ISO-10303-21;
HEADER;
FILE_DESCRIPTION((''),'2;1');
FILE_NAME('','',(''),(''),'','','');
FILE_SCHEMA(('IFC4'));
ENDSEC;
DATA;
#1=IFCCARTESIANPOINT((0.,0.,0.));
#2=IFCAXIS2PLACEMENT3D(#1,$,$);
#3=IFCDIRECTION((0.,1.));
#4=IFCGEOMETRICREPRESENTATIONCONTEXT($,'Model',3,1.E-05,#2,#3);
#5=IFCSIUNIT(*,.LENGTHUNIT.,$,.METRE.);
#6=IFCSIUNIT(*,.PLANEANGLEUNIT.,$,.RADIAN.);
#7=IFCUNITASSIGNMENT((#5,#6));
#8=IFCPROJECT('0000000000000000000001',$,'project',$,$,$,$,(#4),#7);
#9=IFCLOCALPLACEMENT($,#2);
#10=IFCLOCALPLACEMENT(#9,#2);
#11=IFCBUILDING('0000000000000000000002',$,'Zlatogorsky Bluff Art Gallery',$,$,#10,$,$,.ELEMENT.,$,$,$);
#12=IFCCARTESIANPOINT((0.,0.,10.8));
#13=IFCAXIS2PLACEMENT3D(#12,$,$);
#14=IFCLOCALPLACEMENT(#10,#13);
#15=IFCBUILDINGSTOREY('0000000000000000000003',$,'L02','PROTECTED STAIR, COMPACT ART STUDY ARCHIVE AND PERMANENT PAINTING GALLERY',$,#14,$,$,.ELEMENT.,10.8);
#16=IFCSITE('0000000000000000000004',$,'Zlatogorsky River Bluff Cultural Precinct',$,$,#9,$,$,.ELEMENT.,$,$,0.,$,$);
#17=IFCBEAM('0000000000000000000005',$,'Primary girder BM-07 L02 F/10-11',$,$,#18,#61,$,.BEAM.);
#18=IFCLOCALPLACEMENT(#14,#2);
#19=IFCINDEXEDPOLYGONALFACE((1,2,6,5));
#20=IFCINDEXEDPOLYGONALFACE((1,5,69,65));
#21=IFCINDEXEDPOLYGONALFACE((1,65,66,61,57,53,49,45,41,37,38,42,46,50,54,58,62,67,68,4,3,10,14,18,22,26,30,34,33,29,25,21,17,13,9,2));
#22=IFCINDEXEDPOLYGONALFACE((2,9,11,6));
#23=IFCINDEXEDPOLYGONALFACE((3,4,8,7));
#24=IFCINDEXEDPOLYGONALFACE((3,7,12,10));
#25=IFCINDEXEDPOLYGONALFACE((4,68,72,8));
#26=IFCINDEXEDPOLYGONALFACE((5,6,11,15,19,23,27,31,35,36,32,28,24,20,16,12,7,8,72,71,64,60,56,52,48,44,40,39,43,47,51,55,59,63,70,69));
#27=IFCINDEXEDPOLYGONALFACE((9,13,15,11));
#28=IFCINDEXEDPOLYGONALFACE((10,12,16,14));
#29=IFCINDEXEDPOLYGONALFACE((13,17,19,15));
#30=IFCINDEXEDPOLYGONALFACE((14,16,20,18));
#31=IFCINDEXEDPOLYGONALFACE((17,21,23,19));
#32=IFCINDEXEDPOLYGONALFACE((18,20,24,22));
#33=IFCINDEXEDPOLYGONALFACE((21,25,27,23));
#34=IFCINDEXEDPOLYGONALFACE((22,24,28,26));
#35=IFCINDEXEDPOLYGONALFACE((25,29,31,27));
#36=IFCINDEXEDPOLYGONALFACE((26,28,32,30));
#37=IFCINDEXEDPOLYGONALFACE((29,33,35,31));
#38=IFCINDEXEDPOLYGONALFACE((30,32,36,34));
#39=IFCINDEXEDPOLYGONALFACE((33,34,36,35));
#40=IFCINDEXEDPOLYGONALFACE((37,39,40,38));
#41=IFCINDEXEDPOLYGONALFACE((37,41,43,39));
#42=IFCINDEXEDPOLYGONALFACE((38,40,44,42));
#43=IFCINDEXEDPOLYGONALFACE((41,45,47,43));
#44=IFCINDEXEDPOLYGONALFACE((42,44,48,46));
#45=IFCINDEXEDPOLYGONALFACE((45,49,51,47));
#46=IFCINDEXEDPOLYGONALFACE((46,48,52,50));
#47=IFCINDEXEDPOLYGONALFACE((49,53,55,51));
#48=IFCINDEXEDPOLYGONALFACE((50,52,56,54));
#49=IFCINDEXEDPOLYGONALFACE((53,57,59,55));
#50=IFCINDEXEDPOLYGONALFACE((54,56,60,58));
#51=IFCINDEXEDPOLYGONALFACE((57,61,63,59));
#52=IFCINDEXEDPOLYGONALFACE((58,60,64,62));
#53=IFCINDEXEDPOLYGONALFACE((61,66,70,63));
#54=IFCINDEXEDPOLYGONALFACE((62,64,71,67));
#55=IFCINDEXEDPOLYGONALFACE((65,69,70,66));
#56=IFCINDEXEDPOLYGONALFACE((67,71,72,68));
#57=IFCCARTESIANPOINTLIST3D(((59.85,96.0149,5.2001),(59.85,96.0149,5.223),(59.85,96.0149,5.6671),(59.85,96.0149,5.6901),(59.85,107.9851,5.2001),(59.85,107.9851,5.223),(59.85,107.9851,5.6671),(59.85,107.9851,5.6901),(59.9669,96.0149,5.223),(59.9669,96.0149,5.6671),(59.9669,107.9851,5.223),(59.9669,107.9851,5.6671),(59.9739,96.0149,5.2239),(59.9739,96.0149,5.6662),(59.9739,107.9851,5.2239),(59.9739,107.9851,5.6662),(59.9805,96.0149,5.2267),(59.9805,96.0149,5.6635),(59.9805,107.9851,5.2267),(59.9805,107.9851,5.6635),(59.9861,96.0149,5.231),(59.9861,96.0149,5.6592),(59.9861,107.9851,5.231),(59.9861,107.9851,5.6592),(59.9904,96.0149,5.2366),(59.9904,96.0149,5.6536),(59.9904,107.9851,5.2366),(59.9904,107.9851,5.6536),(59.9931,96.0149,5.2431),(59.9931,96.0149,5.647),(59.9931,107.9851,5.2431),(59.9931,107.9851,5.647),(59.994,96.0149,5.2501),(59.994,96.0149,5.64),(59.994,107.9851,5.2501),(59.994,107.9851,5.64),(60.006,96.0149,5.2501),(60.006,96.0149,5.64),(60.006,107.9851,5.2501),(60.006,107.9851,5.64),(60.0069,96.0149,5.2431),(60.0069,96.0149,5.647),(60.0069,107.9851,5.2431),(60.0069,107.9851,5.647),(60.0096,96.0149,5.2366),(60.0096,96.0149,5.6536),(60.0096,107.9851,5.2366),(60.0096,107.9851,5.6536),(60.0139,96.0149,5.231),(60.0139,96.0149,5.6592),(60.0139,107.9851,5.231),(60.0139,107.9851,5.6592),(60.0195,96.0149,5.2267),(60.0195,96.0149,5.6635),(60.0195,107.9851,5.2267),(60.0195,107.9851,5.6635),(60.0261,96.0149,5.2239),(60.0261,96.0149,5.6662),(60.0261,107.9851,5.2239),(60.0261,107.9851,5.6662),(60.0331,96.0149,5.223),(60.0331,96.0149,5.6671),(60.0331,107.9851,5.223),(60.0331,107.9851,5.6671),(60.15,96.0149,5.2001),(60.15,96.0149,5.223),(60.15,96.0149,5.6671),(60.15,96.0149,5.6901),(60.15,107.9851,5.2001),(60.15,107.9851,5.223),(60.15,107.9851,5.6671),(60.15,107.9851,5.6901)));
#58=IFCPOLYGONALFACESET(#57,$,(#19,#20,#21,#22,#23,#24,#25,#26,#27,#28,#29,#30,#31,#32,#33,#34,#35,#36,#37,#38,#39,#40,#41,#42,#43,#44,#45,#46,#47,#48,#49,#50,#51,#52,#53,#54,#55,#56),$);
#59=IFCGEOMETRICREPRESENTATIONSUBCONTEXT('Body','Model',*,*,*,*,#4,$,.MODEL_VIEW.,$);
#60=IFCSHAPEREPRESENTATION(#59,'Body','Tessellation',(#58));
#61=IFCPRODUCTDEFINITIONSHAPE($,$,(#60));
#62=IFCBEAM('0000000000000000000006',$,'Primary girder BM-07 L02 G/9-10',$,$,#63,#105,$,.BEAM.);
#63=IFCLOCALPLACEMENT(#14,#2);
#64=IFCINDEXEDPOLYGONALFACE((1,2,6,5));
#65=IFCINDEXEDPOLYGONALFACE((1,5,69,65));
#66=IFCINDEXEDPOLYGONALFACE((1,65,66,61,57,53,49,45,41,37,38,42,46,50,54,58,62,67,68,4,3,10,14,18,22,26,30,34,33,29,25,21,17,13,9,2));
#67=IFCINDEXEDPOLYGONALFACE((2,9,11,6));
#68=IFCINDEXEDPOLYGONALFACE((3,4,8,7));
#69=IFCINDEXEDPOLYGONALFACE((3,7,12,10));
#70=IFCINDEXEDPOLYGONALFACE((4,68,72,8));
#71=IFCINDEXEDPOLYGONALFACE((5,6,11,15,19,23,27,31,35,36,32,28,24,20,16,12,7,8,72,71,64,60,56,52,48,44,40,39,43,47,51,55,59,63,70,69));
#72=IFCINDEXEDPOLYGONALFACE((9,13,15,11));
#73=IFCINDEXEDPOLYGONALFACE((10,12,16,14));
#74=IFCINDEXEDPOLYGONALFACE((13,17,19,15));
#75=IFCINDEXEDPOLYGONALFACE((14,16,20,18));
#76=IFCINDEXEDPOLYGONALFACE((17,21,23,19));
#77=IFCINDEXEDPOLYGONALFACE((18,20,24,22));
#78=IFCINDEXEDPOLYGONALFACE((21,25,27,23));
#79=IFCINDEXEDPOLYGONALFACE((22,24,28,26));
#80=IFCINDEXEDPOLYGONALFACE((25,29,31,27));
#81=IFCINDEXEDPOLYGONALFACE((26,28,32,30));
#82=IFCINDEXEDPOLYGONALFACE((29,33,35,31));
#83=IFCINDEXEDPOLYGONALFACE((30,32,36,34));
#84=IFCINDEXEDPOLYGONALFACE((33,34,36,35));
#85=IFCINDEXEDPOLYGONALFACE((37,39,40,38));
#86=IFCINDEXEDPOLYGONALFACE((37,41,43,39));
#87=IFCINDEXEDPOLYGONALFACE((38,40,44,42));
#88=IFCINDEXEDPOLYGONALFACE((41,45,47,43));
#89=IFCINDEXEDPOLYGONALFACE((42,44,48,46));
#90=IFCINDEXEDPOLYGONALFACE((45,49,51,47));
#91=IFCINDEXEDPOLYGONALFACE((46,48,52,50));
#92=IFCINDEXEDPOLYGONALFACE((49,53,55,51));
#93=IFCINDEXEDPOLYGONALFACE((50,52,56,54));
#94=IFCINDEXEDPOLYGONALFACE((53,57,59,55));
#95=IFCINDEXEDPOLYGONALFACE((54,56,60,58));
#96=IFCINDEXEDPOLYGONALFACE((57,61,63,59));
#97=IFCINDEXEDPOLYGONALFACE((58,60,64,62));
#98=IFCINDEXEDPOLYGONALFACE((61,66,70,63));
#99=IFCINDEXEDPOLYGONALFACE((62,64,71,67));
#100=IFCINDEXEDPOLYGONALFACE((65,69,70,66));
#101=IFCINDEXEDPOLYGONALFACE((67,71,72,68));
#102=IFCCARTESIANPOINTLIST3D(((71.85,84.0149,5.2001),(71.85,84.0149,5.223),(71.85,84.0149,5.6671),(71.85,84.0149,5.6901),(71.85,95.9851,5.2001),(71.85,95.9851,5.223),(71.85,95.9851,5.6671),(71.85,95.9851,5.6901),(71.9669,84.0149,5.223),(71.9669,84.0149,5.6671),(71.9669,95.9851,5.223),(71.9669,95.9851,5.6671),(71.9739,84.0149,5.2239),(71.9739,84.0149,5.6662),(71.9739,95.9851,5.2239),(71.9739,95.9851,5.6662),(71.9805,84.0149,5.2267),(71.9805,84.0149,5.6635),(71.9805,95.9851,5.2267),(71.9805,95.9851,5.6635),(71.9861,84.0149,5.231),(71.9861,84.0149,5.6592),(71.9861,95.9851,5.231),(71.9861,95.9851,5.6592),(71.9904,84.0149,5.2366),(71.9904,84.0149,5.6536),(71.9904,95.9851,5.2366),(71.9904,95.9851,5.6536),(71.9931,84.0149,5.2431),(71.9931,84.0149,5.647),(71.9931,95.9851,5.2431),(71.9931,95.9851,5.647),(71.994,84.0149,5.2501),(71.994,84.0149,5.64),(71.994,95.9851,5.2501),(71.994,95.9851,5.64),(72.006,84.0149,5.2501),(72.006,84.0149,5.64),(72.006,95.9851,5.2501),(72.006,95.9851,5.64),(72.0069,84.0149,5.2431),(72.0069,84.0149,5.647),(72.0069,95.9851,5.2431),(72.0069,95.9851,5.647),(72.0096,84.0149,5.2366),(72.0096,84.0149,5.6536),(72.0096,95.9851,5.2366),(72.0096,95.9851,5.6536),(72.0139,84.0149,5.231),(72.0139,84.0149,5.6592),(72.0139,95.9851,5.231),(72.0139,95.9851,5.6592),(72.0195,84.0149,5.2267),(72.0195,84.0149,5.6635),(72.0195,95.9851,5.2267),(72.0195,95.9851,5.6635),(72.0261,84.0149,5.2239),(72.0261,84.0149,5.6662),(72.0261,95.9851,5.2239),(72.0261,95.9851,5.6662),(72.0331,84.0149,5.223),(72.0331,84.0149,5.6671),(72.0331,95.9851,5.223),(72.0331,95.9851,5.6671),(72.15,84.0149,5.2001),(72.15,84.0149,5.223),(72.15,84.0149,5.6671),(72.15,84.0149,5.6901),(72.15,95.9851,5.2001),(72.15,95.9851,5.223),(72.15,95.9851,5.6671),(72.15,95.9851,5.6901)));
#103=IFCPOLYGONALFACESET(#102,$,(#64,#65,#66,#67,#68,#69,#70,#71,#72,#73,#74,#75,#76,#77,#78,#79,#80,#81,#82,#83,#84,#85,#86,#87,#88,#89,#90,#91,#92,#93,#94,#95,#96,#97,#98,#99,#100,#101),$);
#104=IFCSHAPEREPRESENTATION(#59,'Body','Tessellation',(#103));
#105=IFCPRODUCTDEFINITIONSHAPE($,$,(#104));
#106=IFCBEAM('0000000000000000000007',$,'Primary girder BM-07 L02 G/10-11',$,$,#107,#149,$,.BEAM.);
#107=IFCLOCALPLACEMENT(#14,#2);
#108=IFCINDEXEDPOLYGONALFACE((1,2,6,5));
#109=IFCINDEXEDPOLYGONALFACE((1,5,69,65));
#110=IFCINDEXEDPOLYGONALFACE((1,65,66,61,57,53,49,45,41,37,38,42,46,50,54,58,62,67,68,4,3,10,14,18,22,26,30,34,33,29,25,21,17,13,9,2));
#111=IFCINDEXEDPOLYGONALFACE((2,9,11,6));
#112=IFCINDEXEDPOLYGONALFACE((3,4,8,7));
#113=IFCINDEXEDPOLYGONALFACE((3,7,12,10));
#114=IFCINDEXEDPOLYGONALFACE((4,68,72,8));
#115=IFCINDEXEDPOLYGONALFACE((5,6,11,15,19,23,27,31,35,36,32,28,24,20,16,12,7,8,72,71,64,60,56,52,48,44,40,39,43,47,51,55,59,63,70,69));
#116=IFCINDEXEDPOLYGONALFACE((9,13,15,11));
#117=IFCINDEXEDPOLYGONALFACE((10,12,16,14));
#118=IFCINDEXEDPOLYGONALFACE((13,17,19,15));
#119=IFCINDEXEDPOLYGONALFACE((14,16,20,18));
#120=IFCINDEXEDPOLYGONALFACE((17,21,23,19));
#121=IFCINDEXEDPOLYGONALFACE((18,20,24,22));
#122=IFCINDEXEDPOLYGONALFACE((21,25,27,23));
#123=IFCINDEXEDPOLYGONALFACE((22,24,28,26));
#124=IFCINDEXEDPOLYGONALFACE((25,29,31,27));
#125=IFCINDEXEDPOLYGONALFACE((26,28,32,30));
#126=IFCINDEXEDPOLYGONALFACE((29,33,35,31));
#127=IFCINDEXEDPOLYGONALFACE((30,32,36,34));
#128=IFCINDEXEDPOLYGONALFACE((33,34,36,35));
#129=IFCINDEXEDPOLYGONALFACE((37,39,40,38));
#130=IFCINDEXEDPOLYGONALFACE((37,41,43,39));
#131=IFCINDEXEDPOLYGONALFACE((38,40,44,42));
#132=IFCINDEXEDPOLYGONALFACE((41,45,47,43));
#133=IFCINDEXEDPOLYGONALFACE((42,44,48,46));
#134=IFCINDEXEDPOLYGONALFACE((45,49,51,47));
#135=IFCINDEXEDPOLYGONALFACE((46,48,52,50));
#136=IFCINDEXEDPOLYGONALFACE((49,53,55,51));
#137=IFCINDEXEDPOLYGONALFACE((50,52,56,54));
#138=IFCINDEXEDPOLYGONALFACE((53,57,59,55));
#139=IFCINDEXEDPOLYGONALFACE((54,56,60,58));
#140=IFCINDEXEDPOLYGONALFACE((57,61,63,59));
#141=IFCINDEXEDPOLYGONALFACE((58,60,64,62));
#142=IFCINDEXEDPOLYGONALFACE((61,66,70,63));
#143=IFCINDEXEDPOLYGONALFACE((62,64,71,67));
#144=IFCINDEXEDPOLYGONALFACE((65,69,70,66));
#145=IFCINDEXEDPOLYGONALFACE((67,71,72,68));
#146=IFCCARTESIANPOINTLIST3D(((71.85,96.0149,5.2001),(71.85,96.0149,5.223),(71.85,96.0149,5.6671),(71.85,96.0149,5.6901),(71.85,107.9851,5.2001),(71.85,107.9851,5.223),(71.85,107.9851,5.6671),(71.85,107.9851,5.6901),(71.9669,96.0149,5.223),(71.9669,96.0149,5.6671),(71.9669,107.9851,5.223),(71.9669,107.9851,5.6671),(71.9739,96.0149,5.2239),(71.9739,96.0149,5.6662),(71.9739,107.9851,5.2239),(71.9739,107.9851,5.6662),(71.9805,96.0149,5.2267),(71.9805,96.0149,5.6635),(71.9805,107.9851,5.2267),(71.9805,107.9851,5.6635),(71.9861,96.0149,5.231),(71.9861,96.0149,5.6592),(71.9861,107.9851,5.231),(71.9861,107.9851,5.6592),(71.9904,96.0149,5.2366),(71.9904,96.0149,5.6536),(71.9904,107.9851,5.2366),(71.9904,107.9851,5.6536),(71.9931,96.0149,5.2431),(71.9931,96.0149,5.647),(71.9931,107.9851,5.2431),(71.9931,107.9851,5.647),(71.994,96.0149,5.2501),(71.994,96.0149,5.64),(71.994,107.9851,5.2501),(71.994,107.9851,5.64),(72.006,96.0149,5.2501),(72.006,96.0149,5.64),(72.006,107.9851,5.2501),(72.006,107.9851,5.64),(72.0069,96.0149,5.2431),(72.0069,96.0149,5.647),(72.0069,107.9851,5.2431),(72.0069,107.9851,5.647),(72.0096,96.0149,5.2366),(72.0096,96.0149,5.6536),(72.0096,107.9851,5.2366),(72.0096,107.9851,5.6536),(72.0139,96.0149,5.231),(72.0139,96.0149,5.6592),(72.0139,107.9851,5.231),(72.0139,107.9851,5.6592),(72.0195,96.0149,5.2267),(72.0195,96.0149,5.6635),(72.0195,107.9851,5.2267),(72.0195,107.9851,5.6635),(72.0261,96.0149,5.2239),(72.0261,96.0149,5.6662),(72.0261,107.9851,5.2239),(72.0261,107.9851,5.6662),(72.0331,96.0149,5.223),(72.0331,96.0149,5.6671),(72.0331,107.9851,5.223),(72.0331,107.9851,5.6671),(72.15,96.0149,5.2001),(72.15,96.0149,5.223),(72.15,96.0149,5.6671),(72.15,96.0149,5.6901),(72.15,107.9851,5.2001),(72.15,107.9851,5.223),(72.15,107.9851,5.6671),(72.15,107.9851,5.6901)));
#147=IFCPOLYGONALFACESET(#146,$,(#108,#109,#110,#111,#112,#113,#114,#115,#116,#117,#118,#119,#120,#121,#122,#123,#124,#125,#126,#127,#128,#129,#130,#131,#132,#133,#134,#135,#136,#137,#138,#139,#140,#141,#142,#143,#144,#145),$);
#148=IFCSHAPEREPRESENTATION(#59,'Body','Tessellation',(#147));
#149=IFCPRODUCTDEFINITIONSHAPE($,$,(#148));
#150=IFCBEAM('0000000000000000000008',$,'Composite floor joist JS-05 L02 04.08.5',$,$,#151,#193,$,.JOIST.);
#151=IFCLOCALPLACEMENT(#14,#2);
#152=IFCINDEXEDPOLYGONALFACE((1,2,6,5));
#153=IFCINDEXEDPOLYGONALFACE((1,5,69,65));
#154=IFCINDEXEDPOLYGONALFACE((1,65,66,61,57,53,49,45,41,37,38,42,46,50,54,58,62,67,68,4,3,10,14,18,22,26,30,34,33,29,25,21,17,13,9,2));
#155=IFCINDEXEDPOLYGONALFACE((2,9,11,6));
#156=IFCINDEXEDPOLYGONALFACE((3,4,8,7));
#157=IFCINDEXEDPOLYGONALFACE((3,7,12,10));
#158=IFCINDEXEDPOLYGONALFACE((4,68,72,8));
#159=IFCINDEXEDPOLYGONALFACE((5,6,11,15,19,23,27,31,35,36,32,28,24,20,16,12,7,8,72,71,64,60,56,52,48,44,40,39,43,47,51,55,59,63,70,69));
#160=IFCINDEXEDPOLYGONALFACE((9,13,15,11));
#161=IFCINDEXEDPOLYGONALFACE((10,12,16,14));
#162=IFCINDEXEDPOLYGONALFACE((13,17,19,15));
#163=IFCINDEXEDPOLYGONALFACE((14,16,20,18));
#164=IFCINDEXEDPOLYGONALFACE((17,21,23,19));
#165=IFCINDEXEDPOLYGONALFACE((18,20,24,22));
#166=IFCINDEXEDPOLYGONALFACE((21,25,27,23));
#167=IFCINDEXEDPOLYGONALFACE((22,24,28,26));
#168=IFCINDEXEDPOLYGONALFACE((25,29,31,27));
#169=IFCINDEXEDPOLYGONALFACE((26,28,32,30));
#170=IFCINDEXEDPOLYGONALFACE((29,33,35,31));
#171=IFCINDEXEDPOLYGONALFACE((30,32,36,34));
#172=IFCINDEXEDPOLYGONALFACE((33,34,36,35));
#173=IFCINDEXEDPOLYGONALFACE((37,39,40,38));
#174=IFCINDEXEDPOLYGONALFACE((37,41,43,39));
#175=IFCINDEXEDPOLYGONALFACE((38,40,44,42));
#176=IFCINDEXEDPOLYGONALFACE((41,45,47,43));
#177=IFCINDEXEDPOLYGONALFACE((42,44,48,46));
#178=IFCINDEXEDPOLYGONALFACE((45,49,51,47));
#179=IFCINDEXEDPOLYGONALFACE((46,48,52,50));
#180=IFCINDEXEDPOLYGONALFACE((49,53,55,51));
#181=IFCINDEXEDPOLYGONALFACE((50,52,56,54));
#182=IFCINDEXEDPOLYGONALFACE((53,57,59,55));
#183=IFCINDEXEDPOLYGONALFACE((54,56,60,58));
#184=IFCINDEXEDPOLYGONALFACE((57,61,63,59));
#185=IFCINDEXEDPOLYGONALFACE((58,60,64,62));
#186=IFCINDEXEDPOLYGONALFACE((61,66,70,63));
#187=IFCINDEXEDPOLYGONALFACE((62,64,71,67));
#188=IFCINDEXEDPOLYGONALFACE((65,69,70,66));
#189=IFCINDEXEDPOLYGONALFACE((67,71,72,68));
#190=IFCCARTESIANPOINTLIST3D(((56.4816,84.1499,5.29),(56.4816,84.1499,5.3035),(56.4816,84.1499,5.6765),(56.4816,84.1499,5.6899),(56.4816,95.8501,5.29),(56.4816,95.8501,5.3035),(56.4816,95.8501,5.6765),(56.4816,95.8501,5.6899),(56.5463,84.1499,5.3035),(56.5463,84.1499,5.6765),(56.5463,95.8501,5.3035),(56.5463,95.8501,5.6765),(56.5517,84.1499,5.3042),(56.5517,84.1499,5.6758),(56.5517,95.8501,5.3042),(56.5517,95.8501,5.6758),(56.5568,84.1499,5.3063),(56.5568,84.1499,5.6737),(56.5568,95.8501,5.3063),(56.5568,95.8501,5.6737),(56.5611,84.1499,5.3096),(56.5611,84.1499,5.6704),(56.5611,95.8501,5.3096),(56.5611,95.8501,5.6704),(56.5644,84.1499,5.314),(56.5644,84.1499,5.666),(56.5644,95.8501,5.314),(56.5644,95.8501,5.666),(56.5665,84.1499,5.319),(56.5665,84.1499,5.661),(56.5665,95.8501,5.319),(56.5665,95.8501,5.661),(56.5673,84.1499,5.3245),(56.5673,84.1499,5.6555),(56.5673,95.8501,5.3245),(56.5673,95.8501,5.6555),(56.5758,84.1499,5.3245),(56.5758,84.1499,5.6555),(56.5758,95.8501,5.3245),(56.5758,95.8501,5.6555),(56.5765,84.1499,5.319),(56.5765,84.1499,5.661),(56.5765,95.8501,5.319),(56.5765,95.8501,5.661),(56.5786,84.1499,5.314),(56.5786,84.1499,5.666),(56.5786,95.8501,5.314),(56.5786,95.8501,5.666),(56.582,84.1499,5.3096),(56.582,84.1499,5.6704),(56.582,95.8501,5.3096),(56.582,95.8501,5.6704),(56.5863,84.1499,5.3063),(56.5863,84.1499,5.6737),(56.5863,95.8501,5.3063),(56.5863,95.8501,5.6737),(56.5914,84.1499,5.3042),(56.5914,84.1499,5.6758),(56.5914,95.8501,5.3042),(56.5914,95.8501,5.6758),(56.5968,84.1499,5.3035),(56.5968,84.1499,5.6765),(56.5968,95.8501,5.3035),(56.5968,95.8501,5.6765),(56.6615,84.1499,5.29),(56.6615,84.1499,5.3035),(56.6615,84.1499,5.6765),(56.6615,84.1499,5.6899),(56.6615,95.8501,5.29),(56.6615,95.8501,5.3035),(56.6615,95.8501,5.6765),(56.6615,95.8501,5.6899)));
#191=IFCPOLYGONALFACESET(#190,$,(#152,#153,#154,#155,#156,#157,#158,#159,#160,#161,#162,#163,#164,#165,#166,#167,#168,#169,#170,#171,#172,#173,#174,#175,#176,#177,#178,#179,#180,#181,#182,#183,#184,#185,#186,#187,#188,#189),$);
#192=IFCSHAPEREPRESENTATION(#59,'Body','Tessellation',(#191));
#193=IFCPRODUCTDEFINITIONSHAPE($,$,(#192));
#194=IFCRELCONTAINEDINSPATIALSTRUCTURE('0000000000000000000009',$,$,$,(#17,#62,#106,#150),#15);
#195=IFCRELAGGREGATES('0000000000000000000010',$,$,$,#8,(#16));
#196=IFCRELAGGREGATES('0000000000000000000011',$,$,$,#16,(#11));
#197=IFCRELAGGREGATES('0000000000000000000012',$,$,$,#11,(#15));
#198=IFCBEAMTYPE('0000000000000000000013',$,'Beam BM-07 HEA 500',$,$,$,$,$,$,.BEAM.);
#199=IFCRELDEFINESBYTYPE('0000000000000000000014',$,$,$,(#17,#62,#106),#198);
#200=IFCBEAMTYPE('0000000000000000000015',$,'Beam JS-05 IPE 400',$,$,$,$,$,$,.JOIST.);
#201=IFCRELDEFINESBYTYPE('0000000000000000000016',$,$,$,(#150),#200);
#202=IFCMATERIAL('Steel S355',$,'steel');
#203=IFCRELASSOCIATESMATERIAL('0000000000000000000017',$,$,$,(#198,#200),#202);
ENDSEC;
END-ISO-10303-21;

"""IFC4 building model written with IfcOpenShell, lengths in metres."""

from ifc_helpers import new_model, si_unit, direction, frame, origin, origin_2d, place, context, subcontext, project, spatial, i_section, extrude, material, material_profile, profile_set, type_object, element, save


model = new_model("IFC4")

# Units and contexts
model_context = context("Model", 3, precision=1e-05, world=origin(), true_north=direction((0.0, 1.0)))
body_context = subcontext(model_context, "Body", "Model", "MODEL_VIEW")
ifc_project = project(units=[si_unit("LENGTHUNIT", "METRE"), si_unit("PLANEANGLEUNIT", "RADIAN")], contexts=[model_context])

# Site, building, storey
site_placement = place(None, origin())
site = spatial("IfcSite", under=ifc_project, at=site_placement, Name="Zlatogorsky River Bluff Cultural Precinct", CompositionType="ELEMENT", RefElevation=0.0)
building_placement = place(site_placement, origin())
building = spatial("IfcBuilding", under=site, at=building_placement, Name="Zlatogorsky Bluff Art Gallery", CompositionType="ELEMENT")
storey_placement = place(building_placement, frame((0.0, 0.0, 10.8)))
storey = spatial("IfcBuildingStorey", under=building, at=storey_placement, Name="L02", Description="PROTECTED STAIR, COMPACT ART STUDY ARCHIVE AND PERMANENT PAINTING GALLERY", CompositionType="ELEMENT", Elevation=10.8)

# Shared definitions
ifc_material_1 = material(Name="Steel S355", Category="steel")

# Beams
ifc_material_profile_1 = material_profile(ifc_material_1, i_section(OverallWidth=0.3, OverallDepth=0.49, WebThickness=0.012, FlangeThickness=0.0229, FilletRadius=0.0271, at=origin_2d()), Name="HEA 500")
ifc_profile_set_1 = profile_set([ifc_material_profile_1], Name="Steel S355")
beam_type_1 = type_object("IfcBeamType", Name="Beam BM-07 HEA 500", PredefinedType="BEAM", material=ifc_profile_set_1)
for number, where, z_axis, x_axis, name in (
    (1, (60.0, 96.0149, 5.4451), (0.0, 1.0, 0.0), (-1.0, 0.0, 0.0), "Primary girder BM-07 L02 F/10-11"),
    (2, (72.0, 84.0149, 5.4451), (0.0, 1.0, 0.0), (-1.0, 0.0, 0.0), "Primary girder BM-07 L02 G/9-10"),
    (3, (72.0, 96.0149, 5.4451), (0.0, 1.0, 0.0), (-1.0, 0.0, 0.0), "Primary girder BM-07 L02 G/10-11"),
):
    element("IfcBeam", number, at=place(storey_placement, frame(where, z_axis=z_axis, x_axis=x_axis)), inside=storey, type_object=beam_type_1, Name=name, PredefinedType="BEAM", context=body_context, shape_type="SweptSolid", body=[
        extrude(i_section(OverallWidth=0.3, OverallDepth=0.49, WebThickness=0.012, FlangeThickness=0.0229, FilletRadius=0.0271, at=origin_2d()), origin(), (0.0, 0.0, 1.0), 11.9702),
    ])
ifc_material_profile_2 = material_profile(ifc_material_1, i_section(OverallWidth=0.1799, OverallDepth=0.3999, WebThickness=0.0085, FlangeThickness=0.0134, FilletRadius=0.021, at=origin_2d()), Name="IPE 400")
ifc_profile_set_2 = profile_set([ifc_material_profile_2], Name="Steel S355")
beam_type_2 = type_object("IfcBeamType", Name="Beam JS-05 IPE 400", PredefinedType="JOIST", material=ifc_profile_set_2)
for number, where, z_axis, x_axis, name in (
    (4, (56.5715, 84.1499, 5.49), (0.0, 1.0, 0.0), (-1.0, 0.0, 0.0), "Composite floor joist JS-05 L02 04.08.5"),
):
    element("IfcBeam", number, at=place(storey_placement, frame(where, z_axis=z_axis, x_axis=x_axis)), inside=storey, type_object=beam_type_2, Name=name, PredefinedType="JOIST", context=body_context, shape_type="SweptSolid", body=[
        extrude(i_section(OverallWidth=0.1799, OverallDepth=0.3999, WebThickness=0.0085, FlangeThickness=0.0134, FilletRadius=0.021, at=origin_2d()), origin(), (0.0, 0.0, 1.0), 11.7002),
    ])

save(model, "model.ifc")
